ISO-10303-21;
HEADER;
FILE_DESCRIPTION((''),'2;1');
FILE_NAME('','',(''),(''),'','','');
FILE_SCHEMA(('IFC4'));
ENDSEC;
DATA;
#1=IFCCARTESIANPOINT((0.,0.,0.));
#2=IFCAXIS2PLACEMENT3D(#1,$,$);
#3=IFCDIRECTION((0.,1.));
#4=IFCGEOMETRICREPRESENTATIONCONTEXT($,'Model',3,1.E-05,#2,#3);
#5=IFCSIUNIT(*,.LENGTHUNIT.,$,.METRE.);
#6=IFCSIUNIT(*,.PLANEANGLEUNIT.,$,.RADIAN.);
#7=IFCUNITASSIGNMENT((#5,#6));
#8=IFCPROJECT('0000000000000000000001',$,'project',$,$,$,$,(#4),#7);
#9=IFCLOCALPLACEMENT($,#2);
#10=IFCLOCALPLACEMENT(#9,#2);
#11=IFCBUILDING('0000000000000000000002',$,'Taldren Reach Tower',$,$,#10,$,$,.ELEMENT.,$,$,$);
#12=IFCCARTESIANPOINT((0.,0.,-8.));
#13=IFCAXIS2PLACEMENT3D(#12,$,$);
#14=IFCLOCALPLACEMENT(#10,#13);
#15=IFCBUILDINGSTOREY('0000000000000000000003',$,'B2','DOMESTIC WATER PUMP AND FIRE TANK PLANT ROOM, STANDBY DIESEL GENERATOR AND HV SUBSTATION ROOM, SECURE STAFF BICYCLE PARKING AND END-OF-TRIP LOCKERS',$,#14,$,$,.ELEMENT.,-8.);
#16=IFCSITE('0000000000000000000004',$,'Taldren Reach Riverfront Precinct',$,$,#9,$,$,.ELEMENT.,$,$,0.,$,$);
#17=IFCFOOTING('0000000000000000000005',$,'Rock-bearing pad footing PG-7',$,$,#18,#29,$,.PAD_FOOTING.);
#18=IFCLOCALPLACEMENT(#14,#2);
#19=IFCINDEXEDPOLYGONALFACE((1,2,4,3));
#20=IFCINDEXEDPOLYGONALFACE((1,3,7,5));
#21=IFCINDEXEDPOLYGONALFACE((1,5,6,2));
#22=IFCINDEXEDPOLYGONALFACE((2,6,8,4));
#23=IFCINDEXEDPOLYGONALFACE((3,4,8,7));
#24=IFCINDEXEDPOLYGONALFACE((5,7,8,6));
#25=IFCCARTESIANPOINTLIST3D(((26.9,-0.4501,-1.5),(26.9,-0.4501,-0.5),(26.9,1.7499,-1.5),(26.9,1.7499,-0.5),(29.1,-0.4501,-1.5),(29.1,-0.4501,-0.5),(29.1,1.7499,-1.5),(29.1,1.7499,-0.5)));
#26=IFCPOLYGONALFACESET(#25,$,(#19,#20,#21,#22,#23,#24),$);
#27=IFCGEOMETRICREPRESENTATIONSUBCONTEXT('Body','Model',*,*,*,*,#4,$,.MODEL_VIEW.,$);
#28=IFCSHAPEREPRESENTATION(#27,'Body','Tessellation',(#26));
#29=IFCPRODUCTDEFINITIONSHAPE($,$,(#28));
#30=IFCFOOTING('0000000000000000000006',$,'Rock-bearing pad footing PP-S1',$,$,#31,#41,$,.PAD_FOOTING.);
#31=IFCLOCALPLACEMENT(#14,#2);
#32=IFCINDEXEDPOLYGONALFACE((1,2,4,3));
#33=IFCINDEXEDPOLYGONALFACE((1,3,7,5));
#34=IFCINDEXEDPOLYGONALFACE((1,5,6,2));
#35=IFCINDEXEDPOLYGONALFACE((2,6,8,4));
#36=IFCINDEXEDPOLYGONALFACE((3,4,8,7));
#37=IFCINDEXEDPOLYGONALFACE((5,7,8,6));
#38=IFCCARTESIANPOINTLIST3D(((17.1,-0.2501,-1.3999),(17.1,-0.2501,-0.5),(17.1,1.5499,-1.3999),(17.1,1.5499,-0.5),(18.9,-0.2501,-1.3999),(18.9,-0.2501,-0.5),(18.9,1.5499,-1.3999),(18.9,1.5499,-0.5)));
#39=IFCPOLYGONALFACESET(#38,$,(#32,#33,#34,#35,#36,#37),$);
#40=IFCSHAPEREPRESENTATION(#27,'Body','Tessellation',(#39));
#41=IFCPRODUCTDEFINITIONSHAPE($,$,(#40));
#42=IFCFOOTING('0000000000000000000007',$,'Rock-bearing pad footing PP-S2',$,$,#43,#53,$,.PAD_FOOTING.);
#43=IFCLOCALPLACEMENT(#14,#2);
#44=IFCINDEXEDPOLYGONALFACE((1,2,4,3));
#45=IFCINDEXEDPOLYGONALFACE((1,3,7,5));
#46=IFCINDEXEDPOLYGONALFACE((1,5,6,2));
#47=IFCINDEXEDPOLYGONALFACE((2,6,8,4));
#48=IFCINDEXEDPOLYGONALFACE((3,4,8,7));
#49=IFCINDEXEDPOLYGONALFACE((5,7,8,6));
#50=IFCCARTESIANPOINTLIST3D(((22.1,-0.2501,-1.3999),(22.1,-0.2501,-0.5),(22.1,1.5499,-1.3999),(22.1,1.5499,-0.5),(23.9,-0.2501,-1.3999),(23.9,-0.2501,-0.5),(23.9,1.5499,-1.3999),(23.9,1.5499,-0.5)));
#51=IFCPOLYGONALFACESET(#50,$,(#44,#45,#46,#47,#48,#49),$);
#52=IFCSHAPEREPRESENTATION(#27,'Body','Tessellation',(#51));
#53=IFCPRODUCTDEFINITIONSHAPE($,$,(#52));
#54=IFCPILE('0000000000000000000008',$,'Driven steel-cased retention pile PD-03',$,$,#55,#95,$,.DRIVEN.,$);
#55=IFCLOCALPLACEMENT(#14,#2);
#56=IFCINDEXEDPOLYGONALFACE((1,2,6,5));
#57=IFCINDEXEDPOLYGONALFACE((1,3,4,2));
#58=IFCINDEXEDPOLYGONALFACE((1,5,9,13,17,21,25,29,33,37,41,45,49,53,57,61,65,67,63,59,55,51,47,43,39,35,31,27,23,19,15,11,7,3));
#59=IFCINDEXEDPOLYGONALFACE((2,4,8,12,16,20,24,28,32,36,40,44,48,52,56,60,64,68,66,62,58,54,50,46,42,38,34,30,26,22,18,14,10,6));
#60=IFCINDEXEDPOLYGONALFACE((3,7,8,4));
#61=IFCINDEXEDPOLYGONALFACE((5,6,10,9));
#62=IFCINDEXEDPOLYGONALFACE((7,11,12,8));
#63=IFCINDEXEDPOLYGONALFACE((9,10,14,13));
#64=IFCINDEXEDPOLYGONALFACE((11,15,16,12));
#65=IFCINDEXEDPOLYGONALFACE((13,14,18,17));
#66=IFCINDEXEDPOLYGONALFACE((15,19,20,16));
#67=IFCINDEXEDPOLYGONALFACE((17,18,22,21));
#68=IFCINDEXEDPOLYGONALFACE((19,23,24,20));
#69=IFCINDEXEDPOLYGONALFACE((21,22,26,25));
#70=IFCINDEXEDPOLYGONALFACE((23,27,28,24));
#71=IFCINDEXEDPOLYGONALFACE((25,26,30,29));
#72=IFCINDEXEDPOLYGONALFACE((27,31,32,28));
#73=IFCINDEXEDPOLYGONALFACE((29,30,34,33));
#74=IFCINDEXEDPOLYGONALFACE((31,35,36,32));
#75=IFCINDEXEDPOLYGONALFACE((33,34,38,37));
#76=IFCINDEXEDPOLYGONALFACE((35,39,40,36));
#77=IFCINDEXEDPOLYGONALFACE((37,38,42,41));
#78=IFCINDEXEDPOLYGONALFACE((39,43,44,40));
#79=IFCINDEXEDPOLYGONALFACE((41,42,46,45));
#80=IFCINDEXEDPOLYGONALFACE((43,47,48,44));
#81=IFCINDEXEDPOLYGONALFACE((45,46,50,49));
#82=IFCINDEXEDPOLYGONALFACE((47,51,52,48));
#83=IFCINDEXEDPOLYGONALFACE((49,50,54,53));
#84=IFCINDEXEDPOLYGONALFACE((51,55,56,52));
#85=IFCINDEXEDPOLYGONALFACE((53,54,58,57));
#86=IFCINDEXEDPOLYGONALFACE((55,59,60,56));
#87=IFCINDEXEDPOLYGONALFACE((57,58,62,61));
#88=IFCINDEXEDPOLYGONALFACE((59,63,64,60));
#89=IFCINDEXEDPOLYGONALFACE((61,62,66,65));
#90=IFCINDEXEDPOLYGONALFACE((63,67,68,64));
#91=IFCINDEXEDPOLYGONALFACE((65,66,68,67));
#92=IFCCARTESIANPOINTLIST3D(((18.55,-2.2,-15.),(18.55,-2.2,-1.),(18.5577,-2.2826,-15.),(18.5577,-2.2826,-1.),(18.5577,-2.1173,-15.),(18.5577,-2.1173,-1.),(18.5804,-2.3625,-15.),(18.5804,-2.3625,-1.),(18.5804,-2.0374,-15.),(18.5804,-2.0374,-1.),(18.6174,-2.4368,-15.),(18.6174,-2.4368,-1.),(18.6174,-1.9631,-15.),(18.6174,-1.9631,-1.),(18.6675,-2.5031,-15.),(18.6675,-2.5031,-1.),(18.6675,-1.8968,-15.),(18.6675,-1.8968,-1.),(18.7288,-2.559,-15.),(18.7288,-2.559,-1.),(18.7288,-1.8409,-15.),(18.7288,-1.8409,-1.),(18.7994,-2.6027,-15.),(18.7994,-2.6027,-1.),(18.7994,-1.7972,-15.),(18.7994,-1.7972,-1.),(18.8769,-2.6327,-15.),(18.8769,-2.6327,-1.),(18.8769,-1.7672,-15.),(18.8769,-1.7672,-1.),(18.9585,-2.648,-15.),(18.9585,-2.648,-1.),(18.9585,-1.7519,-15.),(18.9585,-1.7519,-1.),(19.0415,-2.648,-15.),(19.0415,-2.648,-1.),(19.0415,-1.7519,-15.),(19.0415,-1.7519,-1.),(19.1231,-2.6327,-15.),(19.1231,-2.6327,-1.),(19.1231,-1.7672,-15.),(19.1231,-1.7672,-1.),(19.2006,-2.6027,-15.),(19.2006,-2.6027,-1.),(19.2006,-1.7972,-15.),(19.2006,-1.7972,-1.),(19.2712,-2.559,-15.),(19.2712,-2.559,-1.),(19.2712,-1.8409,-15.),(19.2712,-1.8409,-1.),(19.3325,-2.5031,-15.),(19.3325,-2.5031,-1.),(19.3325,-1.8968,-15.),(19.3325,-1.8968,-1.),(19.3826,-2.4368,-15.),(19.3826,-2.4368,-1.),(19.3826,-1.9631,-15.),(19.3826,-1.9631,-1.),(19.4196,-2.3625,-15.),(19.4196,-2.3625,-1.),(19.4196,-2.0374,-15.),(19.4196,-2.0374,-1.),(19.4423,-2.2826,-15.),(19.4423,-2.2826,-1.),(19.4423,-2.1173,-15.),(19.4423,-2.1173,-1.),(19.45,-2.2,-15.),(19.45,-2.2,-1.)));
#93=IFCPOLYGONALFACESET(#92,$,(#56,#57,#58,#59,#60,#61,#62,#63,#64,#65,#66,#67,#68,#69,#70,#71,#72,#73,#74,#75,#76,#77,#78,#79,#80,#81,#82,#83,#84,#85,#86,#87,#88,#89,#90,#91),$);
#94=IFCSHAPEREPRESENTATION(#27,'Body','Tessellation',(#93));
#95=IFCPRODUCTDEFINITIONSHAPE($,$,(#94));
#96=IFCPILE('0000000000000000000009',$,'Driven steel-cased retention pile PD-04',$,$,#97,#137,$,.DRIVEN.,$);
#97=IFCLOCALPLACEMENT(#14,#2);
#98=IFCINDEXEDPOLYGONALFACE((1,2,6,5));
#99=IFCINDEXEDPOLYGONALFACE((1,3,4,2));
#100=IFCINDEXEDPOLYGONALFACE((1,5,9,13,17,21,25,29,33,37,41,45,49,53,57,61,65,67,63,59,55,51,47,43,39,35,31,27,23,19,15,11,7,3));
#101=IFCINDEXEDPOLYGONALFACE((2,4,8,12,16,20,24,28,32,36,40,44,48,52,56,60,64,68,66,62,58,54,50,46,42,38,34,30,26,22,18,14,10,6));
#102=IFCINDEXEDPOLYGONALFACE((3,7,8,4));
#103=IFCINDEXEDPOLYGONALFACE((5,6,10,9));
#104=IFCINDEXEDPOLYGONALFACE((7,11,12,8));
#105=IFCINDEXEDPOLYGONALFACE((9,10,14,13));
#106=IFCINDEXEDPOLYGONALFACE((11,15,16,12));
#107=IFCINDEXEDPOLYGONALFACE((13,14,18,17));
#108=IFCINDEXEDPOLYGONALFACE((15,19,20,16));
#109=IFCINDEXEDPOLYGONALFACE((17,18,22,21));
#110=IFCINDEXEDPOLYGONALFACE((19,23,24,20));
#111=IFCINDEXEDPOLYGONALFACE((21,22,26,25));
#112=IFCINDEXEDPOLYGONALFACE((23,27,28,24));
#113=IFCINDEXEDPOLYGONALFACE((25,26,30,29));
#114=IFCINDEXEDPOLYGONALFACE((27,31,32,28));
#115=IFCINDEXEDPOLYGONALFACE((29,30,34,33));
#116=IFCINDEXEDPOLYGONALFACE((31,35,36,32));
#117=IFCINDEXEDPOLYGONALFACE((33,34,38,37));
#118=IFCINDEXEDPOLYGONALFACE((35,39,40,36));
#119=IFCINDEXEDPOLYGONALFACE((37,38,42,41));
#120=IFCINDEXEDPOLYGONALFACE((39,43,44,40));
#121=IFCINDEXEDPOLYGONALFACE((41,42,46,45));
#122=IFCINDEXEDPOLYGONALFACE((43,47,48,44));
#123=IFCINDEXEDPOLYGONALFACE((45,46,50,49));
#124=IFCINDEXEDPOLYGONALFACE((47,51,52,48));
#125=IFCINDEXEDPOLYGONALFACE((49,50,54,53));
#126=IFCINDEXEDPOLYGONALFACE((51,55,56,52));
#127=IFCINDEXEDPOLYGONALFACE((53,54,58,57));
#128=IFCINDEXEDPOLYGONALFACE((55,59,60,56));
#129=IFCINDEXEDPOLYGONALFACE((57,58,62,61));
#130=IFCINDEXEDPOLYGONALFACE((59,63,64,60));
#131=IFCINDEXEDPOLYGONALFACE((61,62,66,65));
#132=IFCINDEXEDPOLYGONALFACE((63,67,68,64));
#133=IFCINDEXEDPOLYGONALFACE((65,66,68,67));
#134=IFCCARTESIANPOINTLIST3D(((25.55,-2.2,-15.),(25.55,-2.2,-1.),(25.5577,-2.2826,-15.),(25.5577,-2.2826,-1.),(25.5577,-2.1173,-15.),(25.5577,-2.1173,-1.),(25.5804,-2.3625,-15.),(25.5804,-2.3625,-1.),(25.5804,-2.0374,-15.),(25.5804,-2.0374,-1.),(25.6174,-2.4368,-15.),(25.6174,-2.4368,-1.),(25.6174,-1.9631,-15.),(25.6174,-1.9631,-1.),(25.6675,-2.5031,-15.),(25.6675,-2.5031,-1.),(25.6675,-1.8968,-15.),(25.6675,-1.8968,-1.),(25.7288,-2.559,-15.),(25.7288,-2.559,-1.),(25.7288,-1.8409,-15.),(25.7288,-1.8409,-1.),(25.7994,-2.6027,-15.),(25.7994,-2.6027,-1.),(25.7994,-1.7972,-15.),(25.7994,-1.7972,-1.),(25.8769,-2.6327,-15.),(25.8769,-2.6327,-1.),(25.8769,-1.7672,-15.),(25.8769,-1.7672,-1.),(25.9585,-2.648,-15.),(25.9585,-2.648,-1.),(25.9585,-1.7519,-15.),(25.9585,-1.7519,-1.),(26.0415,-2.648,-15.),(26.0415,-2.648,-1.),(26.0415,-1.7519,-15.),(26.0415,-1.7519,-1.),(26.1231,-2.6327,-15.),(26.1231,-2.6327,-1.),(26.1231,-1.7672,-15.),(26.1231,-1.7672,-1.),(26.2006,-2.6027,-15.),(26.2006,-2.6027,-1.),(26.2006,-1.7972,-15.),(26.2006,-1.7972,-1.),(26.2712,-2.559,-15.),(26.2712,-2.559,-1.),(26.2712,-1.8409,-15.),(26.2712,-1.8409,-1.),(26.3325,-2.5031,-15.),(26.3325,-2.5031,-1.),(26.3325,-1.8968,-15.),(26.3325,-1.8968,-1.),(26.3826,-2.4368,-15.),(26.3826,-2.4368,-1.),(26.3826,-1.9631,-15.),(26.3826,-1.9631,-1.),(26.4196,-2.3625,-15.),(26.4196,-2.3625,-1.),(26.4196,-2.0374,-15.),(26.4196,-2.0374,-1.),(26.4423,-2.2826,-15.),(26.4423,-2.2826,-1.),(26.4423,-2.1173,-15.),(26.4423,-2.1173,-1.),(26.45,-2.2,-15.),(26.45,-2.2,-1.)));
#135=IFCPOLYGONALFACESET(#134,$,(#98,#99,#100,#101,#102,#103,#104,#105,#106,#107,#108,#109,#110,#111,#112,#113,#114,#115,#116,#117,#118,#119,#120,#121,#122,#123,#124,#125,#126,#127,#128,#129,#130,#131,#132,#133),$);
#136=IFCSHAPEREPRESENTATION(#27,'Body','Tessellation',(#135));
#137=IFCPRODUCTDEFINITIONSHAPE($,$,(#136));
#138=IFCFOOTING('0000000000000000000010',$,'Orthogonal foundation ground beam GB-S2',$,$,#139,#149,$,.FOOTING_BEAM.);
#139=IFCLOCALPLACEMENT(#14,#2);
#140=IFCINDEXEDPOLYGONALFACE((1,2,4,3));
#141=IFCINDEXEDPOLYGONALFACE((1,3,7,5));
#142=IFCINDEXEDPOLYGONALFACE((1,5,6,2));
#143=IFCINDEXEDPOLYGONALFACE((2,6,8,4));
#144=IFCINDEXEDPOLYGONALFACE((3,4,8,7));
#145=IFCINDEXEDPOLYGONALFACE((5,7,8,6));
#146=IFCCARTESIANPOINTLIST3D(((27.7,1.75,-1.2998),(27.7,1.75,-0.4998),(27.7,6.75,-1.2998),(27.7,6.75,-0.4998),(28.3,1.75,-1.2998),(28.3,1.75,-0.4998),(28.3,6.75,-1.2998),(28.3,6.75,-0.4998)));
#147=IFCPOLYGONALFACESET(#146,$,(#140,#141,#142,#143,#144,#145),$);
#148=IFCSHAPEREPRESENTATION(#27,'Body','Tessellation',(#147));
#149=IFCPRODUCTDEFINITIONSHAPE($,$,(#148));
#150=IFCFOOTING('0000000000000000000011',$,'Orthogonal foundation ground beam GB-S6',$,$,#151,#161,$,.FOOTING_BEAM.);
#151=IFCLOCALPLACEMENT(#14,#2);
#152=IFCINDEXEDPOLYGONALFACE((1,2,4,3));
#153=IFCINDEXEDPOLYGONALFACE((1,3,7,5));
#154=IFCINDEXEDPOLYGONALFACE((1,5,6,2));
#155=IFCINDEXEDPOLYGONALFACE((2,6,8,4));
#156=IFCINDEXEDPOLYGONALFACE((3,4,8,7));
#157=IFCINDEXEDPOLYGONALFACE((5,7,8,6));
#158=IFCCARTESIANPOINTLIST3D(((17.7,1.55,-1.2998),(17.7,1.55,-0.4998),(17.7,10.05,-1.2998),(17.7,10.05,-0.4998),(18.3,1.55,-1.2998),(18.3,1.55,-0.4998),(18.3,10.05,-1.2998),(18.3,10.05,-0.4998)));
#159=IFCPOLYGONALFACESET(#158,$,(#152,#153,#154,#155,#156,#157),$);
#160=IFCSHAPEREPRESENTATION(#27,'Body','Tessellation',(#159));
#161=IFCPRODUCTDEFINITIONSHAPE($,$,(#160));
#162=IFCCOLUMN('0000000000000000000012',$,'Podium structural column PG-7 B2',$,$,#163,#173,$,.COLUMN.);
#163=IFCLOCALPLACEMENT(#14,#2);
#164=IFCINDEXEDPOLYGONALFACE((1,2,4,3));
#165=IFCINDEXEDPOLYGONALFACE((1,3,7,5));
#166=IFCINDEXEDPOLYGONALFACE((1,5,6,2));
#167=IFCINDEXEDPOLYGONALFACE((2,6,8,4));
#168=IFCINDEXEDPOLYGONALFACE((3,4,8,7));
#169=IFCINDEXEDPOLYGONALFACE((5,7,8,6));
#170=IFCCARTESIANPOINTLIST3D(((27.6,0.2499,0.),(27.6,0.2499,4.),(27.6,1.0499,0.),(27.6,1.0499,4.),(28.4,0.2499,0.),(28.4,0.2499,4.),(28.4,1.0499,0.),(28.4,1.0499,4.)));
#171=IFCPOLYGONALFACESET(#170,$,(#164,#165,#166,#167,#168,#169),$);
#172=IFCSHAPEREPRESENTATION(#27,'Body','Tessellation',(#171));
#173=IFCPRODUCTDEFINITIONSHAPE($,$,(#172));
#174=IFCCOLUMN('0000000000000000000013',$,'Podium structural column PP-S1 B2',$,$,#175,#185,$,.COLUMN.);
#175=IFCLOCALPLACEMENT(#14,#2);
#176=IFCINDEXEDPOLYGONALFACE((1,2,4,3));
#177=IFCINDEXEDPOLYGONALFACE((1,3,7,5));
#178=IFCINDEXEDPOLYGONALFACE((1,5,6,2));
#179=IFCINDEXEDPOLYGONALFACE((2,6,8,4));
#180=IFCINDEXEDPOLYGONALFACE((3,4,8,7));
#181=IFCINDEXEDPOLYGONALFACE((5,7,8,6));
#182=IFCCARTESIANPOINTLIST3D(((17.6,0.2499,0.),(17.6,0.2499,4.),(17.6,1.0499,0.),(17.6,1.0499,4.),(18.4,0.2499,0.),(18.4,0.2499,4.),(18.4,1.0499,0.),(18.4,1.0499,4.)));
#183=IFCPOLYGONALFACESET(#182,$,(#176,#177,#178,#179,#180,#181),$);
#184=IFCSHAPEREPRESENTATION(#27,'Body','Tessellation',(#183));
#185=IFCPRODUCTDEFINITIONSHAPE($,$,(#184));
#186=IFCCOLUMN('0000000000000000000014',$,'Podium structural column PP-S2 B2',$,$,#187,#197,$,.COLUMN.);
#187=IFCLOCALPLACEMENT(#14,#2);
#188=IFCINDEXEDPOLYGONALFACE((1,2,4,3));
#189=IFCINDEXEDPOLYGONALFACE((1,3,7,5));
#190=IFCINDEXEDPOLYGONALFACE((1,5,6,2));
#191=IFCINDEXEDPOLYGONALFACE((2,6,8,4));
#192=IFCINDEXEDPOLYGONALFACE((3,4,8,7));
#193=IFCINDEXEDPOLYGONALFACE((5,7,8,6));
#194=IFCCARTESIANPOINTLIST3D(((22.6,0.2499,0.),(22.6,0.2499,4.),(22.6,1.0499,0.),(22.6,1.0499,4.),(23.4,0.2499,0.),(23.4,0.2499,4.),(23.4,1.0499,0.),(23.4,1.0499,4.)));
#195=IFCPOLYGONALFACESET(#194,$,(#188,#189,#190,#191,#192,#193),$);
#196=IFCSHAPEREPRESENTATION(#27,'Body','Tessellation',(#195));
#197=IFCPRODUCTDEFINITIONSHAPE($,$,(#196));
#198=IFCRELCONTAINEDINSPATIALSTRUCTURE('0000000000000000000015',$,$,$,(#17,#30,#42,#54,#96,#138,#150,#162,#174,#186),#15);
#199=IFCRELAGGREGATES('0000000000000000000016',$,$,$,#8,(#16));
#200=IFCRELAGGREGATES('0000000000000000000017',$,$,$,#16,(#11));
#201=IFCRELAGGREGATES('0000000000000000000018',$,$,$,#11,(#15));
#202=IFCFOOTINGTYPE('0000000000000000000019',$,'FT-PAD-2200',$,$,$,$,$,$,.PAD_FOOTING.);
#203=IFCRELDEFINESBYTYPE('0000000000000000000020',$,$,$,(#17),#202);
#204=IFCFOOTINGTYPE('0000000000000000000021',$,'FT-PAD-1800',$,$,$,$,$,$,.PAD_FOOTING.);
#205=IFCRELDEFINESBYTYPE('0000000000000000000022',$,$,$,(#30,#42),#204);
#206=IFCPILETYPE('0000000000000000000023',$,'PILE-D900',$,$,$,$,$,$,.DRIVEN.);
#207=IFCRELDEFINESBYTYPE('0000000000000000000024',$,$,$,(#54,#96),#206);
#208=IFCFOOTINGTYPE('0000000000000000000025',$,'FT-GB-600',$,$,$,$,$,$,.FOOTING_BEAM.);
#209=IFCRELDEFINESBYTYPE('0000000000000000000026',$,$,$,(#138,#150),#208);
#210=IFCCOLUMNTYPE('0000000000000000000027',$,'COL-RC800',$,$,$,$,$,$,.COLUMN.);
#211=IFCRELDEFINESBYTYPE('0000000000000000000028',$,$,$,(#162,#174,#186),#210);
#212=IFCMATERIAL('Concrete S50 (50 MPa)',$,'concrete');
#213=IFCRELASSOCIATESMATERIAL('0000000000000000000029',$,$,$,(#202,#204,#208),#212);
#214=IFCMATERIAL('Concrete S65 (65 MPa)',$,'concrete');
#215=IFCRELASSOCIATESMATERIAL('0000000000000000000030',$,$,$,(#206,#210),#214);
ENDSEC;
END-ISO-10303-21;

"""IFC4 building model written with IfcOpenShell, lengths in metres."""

from ifc_helpers import new_model, si_unit, direction, frame, origin, origin_2d, place, context, subcontext, project, spatial, rectangle, circle, extrude, source, transform, mapped, material, material_profile, profile_set, type_object, element, save


model = new_model("IFC4")

# Units and contexts
model_context = context("Model", 3, precision=1e-05, world=origin(), true_north=direction((0.0, 1.0)))
body_context = subcontext(model_context, "Body", "Model", "MODEL_VIEW")
ifc_project = project(units=[si_unit("LENGTHUNIT", "METRE"), si_unit("PLANEANGLEUNIT", "RADIAN")], contexts=[model_context])

# Site, building, storey
site_placement = place(None, origin())
site = spatial("IfcSite", under=ifc_project, at=site_placement, Name="Taldren Reach Riverfront Precinct", CompositionType="ELEMENT", RefElevation=0.0)
building_placement = place(site_placement, origin())
building = spatial("IfcBuilding", under=site, at=building_placement, Name="Taldren Reach Tower", CompositionType="ELEMENT")
storey_placement = place(building_placement, frame((0.0, 0.0, -8.0)))
storey = spatial("IfcBuildingStorey", under=building, at=storey_placement, Name="B2", Description="DOMESTIC WATER PUMP AND FIRE TANK PLANT ROOM, STANDBY DIESEL GENERATOR AND HV SUBSTATION ROOM, SECURE STAFF BICYCLE PARKING AND END-OF-TRIP LOCKERS", CompositionType="ELEMENT", Elevation=-8.0)

# Footings
ifc_material_1 = material(Name="Concrete S50 (50 MPa)", Category="concrete")
footing_type_1 = type_object("IfcFootingType", Name="FT-PAD-2200", PredefinedType="PAD_FOOTING", material=ifc_material_1)
shared_shape_1 = source(origin(), body_context, "Body", "SweptSolid", [
    extrude(rectangle(XDim=2.2, YDim=2.2, at=origin_2d()), origin(), (0.0, 0.0, 1.0), 1.0),
])
footing_1_placement = place(storey_placement, frame((28.0, 0.6499, -1.5), z_axis=(0.0, 0.0, 1.0), x_axis=(1.0, 0.0, 0.0)))
element("IfcFooting", 1, at=footing_1_placement, inside=storey, type_object=footing_type_1, Name="Rock-bearing pad footing PG-7", PredefinedType="PAD_FOOTING", context=body_context, shape_type="MappedRepresentation", body=[
    mapped(shared_shape_1, transform((0.0, 0.0, 0.0), scale=1.0)),
])
footing_type_2 = type_object("IfcFootingType", Name="FT-PAD-1800", PredefinedType="PAD_FOOTING", material=ifc_material_1)
shared_shape_2 = source(origin(), body_context, "Body", "SweptSolid", [
    extrude(rectangle(XDim=1.8, YDim=1.8, at=origin_2d()), origin(), (0.0, 0.0, 1.0), 0.8999),
])
for number, where, z_axis, x_axis, name in (
    (2, (18.0, 0.6499, -1.3999), (0.0, 0.0, 1.0), (1.0, 0.0, 0.0), "Rock-bearing pad footing PP-S1"),
    (3, (23.0, 0.6499, -1.3999), (0.0, 0.0, 1.0), (1.0, 0.0, 0.0), "Rock-bearing pad footing PP-S2"),
):
    element("IfcFooting", number, at=place(storey_placement, frame(where, z_axis=z_axis, x_axis=x_axis)), inside=storey, type_object=footing_type_2, Name=name, PredefinedType="PAD_FOOTING", context=body_context, shape_type="MappedRepresentation", body=[
        mapped(shared_shape_2, transform((0.0, 0.0, 0.0), scale=1.0)),
    ])

# Piles
ifc_material_2 = material(Name="Concrete S65 (65 MPa)", Category="concrete")
ifc_material_profile_1 = material_profile(ifc_material_2, circle(Radius=0.45, at=origin_2d()), Name="PD-900")
ifc_profile_set_1 = profile_set([ifc_material_profile_1], Name="Concrete S65 (65 MPa)")
pile_type = type_object("IfcPileType", Name="PILE-D900", PredefinedType="DRIVEN", material=ifc_profile_set_1)
shared_shape_3 = source(origin(), body_context, "Body", "SweptSolid", [
    extrude(circle(Radius=0.45, at=origin_2d()), origin(), (0.0, 0.0, 1.0), 14.0),
])
for number, where, z_axis, x_axis, name in (
    (4, (19.0, -2.2, -1.0), (0.0, 0.0, -1.0), (1.0, 0.0, 0.0), "Driven steel-cased retention pile PD-03"),
    (5, (26.0, -2.2, -1.0), (0.0, 0.0, -1.0), (1.0, 0.0, 0.0), "Driven steel-cased retention pile PD-04"),
):
    element("IfcPile", number, at=place(storey_placement, frame(where, z_axis=z_axis, x_axis=x_axis)), inside=storey, type_object=pile_type, Name=name, PredefinedType="DRIVEN", context=body_context, shape_type="MappedRepresentation", body=[
        mapped(shared_shape_3, transform((0.0, 0.0, 0.0), scale=1.0)),
    ])

# Footings
footing_type_3 = type_object("IfcFootingType", Name="FT-GB-600", PredefinedType="FOOTING_BEAM", material=ifc_material_1)
shared_shape_4 = source(origin(), body_context, "Body", "SweptSolid", [
    extrude(rectangle(XDim=5.0, YDim=0.6001, at=origin_2d()), origin(), (0.0, 0.0, 1.0), 0.8),
])
footing_2_placement = place(storey_placement, frame((28.0, 4.25, -1.2998), z_axis=(0.0, 0.0, 1.0), x_axis=(0.0, 1.0, 0.0)))
element("IfcFooting", 6, at=footing_2_placement, inside=storey, type_object=footing_type_3, Name="Orthogonal foundation ground beam GB-S2", PredefinedType="FOOTING_BEAM", context=body_context, shape_type="MappedRepresentation", body=[
    mapped(shared_shape_4, transform((0.0, 0.0, 0.0), scale=1.0)),
])
shared_shape_5 = source(origin(), body_context, "Body", "SweptSolid", [
    extrude(rectangle(XDim=8.5, YDim=0.6001, at=origin_2d()), origin(), (0.0, 0.0, 1.0), 0.8),
])
footing_3_placement = place(storey_placement, frame((18.0, 5.8, -1.2998), z_axis=(0.0, 0.0, 1.0), x_axis=(0.0, 1.0, 0.0)))
element("IfcFooting", 7, at=footing_3_placement, inside=storey, type_object=footing_type_3, Name="Orthogonal foundation ground beam GB-S6", PredefinedType="FOOTING_BEAM", context=body_context, shape_type="MappedRepresentation", body=[
    mapped(shared_shape_5, transform((0.0, 0.0, 0.0), scale=1.0)),
])

# Columns
ifc_material_profile_2 = material_profile(ifc_material_2, rectangle(XDim=0.8, YDim=0.8, at=origin_2d()), Name="RC-800x800")
ifc_profile_set_2 = profile_set([ifc_material_profile_2], Name="Concrete S65 (65 MPa)")
column_type = type_object("IfcColumnType", Name="COL-RC800", PredefinedType="COLUMN", material=ifc_profile_set_2)
shared_shape_6 = source(origin(), body_context, "Body", "SweptSolid", [
    extrude(rectangle(XDim=0.8, YDim=0.8, at=origin_2d()), origin(), (0.0, 0.0, 1.0), 4.0),
])
for number, where, z_axis, x_axis, name in (
    (8, (28.0, 0.6499, 0.0), (0.0, 0.0, 1.0), (1.0, 0.0, 0.0), "Podium structural column PG-7 B2"),
    (9, (18.0, 0.6499, 0.0), (0.0, 0.0, 1.0), (1.0, 0.0, 0.0), "Podium structural column PP-S1 B2"),
    (10, (23.0, 0.6499, 0.0), (0.0, 0.0, 1.0), (1.0, 0.0, 0.0), "Podium structural column PP-S2 B2"),
):
    element("IfcColumn", number, at=place(storey_placement, frame(where, z_axis=z_axis, x_axis=x_axis)), inside=storey, type_object=column_type, Name=name, PredefinedType="COLUMN", context=body_context, shape_type="MappedRepresentation", body=[
        mapped(shared_shape_6, transform((0.0, 0.0, 0.0), scale=1.0)),
    ])

save(model, "model.ifc")
